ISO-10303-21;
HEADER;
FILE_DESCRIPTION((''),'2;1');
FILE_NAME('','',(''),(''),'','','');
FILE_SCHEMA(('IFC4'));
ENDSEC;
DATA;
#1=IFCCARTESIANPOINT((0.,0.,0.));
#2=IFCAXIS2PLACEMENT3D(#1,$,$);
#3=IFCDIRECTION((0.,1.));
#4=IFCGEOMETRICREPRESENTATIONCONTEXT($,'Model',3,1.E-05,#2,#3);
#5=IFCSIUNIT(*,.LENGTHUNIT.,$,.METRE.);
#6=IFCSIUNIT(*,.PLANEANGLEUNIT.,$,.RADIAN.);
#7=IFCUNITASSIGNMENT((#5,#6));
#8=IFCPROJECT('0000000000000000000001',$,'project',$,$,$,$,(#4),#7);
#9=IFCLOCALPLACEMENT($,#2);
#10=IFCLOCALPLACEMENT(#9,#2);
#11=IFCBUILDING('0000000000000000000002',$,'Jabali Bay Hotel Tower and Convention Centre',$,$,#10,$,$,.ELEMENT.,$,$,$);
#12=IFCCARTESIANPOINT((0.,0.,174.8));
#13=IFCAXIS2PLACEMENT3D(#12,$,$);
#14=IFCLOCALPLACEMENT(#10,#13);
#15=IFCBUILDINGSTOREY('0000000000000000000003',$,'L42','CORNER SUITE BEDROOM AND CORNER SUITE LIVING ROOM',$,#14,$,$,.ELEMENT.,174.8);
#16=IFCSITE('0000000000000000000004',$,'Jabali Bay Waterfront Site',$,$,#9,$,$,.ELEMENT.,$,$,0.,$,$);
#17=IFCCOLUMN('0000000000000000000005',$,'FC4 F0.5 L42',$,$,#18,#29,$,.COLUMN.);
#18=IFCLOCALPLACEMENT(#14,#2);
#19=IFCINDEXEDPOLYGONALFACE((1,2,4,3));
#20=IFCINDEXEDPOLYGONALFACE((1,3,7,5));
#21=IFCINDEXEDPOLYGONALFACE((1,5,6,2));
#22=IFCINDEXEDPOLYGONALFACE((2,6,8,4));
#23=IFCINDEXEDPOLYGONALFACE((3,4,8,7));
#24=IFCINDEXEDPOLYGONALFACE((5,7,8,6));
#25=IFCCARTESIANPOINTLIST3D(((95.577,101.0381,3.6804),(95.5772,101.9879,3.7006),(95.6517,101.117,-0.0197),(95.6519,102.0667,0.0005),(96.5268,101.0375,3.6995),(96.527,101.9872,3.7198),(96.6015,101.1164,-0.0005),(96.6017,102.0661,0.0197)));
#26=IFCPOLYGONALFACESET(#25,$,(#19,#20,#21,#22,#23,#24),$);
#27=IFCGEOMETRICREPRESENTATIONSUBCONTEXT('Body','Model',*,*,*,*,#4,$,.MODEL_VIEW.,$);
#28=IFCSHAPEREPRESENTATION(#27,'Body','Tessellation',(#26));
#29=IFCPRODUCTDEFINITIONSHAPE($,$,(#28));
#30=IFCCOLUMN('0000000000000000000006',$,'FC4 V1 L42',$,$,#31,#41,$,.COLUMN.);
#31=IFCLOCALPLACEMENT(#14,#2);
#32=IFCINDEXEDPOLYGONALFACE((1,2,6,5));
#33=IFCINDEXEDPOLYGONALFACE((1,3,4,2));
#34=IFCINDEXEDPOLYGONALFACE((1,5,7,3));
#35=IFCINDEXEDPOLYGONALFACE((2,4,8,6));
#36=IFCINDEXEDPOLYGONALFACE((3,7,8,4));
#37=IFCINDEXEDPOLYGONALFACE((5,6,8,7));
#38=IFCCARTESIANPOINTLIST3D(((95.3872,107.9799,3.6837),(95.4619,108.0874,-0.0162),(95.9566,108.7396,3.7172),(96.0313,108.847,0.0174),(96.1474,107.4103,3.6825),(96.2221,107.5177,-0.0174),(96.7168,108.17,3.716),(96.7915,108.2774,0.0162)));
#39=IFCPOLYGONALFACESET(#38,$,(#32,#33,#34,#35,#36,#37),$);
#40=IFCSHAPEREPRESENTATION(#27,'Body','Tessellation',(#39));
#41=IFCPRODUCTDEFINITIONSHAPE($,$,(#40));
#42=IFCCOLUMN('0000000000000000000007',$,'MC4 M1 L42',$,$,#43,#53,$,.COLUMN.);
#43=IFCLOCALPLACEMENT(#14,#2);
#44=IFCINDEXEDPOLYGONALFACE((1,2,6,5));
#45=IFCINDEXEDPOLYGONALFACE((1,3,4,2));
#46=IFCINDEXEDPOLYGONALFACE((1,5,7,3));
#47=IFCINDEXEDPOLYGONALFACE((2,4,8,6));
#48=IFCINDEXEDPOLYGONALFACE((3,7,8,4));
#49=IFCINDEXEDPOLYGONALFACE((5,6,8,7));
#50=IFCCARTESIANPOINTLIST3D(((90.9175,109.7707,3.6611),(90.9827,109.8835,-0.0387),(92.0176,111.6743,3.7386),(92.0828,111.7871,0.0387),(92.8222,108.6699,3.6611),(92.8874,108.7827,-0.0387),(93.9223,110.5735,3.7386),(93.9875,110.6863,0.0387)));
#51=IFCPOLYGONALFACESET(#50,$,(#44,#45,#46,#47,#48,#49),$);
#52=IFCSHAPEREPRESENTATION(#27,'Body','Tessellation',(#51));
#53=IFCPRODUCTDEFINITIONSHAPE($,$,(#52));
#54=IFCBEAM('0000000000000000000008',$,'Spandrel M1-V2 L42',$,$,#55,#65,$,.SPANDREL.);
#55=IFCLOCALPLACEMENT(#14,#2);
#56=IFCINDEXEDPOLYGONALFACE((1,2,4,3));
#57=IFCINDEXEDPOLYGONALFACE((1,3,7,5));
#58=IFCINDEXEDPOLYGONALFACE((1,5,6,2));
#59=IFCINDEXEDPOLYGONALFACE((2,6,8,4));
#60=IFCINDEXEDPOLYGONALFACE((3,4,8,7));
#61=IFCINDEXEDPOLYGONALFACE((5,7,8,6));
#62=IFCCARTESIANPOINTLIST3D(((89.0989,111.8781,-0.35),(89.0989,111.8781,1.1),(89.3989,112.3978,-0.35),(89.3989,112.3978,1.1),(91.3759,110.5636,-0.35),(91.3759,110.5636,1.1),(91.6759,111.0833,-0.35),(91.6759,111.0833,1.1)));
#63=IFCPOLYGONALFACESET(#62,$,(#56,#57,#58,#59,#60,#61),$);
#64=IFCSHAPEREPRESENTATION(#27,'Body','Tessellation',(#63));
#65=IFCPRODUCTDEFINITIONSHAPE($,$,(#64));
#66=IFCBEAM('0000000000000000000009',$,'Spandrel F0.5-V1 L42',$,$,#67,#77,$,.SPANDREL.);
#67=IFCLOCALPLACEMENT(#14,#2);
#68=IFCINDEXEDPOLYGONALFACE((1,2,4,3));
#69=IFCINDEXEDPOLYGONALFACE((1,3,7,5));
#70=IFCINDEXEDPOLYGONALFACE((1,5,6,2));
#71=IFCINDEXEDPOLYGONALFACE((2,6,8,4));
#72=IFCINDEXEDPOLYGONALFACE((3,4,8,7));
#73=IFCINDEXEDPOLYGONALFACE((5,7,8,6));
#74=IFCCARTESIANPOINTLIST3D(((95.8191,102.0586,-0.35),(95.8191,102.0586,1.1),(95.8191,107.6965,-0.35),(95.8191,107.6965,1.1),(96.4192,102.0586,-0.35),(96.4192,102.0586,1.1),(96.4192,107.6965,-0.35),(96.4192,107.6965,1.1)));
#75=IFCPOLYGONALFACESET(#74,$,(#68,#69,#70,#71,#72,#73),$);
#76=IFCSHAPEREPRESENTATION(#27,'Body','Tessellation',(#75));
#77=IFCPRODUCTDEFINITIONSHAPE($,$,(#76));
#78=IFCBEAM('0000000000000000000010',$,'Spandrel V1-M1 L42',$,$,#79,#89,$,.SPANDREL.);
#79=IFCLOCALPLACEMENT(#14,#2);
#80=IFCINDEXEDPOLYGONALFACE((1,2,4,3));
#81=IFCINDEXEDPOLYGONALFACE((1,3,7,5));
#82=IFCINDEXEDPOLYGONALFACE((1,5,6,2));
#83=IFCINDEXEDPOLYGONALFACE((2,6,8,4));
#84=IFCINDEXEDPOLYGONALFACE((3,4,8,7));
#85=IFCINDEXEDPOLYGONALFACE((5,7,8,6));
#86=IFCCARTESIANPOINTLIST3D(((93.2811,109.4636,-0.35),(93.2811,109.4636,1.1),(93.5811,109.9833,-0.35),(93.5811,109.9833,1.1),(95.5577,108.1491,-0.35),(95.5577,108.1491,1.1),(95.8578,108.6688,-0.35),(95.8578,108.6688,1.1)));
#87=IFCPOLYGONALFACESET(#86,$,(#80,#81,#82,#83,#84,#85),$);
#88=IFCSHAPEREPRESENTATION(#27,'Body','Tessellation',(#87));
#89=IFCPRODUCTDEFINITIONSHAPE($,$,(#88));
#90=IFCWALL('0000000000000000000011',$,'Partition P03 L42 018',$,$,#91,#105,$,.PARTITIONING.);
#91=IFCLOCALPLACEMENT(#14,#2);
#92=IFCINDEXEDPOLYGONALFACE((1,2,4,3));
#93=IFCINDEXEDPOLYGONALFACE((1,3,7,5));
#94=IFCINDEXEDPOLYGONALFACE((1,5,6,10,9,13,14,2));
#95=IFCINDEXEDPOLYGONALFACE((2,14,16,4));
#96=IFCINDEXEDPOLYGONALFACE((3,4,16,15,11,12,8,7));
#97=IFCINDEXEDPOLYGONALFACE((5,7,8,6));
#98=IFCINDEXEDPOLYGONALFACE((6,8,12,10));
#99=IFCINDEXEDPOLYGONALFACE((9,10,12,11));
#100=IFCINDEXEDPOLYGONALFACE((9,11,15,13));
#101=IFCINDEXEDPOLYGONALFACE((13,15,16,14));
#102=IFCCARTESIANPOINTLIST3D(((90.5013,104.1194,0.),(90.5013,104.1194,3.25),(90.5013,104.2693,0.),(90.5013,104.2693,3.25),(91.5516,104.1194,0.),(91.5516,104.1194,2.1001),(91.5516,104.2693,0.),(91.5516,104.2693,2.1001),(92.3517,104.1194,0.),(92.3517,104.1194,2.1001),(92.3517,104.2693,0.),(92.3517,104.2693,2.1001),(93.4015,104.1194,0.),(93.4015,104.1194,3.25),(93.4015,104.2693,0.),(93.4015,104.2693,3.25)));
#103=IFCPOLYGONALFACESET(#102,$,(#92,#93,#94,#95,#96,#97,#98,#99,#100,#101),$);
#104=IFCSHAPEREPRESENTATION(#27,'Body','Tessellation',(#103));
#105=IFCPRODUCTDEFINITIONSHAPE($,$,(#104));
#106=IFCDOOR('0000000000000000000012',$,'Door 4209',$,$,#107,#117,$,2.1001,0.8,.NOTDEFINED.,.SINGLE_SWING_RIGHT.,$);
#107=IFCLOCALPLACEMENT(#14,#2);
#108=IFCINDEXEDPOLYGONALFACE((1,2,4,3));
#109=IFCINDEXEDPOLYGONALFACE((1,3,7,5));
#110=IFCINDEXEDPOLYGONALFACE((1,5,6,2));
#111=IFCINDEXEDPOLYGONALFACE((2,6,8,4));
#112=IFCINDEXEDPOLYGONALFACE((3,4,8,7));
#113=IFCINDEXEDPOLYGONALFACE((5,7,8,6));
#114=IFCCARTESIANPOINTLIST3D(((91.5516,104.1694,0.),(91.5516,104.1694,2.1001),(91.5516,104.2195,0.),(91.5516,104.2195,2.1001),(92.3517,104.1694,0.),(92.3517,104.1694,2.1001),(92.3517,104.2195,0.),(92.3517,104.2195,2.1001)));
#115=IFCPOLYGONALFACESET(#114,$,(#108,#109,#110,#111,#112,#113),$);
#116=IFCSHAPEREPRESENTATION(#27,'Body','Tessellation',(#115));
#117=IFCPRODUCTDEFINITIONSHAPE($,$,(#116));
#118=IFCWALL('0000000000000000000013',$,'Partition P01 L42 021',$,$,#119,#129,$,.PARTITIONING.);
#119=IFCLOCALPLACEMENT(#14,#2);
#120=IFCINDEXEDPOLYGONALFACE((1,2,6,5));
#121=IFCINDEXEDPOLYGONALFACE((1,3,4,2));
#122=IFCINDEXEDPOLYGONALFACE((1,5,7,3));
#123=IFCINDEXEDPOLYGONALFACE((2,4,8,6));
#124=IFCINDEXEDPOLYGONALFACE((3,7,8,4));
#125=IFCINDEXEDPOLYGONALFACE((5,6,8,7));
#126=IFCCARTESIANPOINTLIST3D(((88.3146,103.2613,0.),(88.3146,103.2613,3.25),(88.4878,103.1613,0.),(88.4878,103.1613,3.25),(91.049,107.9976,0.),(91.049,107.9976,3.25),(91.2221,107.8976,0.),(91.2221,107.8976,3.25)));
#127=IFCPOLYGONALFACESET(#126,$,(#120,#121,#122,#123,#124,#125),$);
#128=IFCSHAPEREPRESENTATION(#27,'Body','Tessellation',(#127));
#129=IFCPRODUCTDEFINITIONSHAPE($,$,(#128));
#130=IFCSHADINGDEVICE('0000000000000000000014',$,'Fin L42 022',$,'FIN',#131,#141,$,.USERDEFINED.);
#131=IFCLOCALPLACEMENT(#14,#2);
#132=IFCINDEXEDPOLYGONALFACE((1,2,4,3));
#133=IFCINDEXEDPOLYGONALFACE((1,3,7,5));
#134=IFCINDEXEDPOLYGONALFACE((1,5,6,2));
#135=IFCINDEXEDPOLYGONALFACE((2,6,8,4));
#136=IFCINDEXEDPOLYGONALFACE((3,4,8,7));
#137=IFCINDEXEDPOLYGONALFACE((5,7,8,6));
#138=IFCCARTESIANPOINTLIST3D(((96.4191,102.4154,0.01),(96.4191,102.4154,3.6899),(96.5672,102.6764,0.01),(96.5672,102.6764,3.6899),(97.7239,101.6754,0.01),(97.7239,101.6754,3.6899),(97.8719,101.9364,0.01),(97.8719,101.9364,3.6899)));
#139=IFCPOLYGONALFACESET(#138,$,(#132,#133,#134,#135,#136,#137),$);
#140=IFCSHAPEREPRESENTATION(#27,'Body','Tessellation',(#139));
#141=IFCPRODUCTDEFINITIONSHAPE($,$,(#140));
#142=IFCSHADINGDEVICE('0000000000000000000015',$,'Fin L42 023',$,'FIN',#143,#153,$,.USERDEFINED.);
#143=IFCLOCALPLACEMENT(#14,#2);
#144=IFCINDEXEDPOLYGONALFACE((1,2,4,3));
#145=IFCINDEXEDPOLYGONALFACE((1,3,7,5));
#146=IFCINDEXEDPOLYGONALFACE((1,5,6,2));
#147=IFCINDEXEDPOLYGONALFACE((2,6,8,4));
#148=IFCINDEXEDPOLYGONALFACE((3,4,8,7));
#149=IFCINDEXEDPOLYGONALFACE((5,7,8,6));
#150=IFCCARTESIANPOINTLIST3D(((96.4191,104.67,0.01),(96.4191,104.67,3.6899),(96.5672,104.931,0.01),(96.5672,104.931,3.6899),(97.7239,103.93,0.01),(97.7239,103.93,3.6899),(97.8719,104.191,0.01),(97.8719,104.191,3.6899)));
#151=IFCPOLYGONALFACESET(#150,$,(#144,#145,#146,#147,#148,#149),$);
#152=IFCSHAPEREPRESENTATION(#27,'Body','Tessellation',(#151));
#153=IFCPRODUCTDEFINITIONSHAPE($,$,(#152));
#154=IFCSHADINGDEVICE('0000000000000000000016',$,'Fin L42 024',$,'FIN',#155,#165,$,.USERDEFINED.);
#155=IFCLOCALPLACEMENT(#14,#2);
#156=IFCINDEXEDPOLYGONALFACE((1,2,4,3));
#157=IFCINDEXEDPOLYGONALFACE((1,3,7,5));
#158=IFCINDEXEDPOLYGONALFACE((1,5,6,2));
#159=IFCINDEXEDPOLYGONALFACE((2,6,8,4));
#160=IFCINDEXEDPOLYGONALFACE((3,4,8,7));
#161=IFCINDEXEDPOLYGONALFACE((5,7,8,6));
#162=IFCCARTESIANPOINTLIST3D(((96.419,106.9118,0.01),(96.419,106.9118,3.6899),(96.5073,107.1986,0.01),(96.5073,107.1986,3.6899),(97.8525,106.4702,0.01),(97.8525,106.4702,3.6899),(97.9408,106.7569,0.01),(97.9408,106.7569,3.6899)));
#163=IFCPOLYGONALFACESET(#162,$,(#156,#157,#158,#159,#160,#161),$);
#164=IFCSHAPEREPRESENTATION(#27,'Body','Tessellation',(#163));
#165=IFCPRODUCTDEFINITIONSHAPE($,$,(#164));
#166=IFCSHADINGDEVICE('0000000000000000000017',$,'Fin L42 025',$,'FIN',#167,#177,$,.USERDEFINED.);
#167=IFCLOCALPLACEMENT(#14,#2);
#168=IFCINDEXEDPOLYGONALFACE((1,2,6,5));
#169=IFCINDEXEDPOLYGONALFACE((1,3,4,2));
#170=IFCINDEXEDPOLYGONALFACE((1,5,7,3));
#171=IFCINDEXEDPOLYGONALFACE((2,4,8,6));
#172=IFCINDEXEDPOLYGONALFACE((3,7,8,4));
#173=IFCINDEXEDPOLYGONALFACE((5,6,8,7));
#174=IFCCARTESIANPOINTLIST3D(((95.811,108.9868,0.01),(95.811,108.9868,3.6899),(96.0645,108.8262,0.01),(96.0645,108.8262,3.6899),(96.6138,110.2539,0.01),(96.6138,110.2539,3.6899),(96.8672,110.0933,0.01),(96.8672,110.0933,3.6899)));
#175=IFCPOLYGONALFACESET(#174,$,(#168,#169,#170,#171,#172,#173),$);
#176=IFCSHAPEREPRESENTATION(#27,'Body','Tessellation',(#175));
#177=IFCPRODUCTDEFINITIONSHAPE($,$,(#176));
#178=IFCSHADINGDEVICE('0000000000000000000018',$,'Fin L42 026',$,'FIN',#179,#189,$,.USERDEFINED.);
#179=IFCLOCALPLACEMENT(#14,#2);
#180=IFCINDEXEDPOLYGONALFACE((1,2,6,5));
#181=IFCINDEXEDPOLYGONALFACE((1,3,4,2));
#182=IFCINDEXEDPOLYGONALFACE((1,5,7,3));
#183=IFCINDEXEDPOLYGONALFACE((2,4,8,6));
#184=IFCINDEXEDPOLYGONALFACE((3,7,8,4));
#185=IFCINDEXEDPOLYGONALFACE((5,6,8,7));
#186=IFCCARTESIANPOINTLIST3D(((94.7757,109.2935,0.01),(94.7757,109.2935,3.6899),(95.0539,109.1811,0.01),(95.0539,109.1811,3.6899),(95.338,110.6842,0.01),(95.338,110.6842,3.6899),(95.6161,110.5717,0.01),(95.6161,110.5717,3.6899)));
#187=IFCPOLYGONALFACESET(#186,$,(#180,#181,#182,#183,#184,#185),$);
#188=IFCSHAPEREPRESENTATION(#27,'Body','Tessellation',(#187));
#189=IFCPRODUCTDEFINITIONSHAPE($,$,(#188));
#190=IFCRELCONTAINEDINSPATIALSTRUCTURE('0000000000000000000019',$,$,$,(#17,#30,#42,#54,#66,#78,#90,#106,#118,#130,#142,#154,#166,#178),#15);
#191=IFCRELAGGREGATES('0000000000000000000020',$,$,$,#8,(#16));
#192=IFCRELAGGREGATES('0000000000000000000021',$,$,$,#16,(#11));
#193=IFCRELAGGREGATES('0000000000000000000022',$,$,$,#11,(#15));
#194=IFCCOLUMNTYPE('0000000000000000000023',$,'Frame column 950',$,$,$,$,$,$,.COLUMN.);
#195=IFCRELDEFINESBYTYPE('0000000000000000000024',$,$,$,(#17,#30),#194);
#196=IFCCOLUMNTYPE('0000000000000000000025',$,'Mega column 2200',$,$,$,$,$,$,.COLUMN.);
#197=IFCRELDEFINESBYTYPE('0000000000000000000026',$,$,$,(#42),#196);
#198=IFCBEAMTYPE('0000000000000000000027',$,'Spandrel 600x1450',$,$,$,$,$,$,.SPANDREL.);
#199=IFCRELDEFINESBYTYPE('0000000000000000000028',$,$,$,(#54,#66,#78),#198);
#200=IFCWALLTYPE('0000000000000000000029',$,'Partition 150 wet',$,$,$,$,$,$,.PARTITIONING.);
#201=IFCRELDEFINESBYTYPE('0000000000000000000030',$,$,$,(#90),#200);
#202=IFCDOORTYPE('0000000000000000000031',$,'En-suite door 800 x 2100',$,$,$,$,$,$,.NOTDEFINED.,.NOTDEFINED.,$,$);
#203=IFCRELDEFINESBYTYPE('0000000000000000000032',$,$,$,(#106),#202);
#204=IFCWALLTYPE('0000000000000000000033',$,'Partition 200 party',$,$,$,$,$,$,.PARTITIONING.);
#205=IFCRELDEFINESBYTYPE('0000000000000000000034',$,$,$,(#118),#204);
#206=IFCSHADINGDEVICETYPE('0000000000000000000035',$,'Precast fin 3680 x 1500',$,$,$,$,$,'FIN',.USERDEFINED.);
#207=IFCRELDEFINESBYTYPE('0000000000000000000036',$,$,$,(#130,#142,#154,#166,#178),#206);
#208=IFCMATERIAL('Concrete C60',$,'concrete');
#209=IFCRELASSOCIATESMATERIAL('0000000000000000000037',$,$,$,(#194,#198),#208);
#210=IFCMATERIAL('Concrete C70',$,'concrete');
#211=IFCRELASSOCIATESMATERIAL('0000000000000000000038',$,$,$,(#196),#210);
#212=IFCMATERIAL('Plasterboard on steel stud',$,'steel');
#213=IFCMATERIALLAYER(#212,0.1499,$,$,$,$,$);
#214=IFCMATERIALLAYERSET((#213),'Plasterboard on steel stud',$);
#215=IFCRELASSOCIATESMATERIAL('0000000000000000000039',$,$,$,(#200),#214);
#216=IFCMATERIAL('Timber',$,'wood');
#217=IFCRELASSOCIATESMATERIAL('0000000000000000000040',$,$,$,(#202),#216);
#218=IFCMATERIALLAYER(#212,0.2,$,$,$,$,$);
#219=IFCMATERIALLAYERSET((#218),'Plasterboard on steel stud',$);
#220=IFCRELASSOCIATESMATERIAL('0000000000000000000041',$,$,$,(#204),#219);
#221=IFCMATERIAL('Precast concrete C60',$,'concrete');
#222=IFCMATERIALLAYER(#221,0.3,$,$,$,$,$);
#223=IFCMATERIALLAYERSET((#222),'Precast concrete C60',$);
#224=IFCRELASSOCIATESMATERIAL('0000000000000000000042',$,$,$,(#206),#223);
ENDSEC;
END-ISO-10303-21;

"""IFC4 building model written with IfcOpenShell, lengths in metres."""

from ifc_helpers import new_model, si_unit, direction, frame, frame_2d, origin, origin_2d, place, context, subcontext, project, spatial, rectangle, extrude, material, layer, layer_set, material_profile, profile_set, type_object, element, fill, save


model = new_model("IFC4")

# Units and contexts
model_context = context("Model", 3, precision=1e-05, world=origin(), true_north=direction((0.0, 1.0)))
body_context = subcontext(model_context, "Body", "Model", "MODEL_VIEW")
ifc_project = project(units=[si_unit("LENGTHUNIT", "METRE"), si_unit("PLANEANGLEUNIT", "RADIAN")], contexts=[model_context])

# Site, building, storey
site_placement = place(None, origin())
site = spatial("IfcSite", under=ifc_project, at=site_placement, Name="Jabali Bay Waterfront Site", CompositionType="ELEMENT", RefElevation=0.0)
building_placement = place(site_placement, origin())
building = spatial("IfcBuilding", under=site, at=building_placement, Name="Jabali Bay Hotel Tower and Convention Centre", CompositionType="ELEMENT")
storey_placement = place(building_placement, frame((0.0, 0.0, 174.8)))
storey = spatial("IfcBuildingStorey", under=building, at=storey_placement, Name="L42", Description="CORNER SUITE BEDROOM AND CORNER SUITE LIVING ROOM", CompositionType="ELEMENT", Elevation=174.8)

# Columns
ifc_material_1 = material(Name="Concrete C60", Category="concrete")
ifc_material_profile_1 = material_profile(ifc_material_1, rectangle(XDim=0.95, YDim=0.95, at=origin_2d()), Name="Frame column 950")
ifc_profile_set_1 = profile_set([ifc_material_profile_1], Name="Concrete C60")
column_type_1 = type_object("IfcColumnType", Name="Frame column 950", PredefinedType="COLUMN", material=ifc_profile_set_1)
column_1_placement = place(storey_placement, frame((96.1267, 101.5916, 0.0), z_axis=(-0.020183, -0.021304, 0.999569), x_axis=(0.999796, -0.000658, 0.020173)))
element("IfcColumn", 1, at=column_1_placement, inside=storey, type_object=column_type_1, Name="FC4 F0.5 L42", PredefinedType="COLUMN", context=body_context, shape_type="SweptSolid", body=[
    extrude(rectangle(XDim=0.95, YDim=0.95, at=origin_2d()), origin(), (0.0, 0.0, 1.0), 3.7017),
])
column_2_placement = place(storey_placement, frame((96.1267, 108.1824, 0.0), z_axis=(-0.020179, -0.029015, 0.999375), x_axis=(0.599332, 0.799721, 0.03532)))
element("IfcColumn", 2, at=column_2_placement, inside=storey, type_object=column_type_1, Name="FC4 V1 L42", PredefinedType="COLUMN", context=body_context, shape_type="SweptSolid", body=[
    extrude(rectangle(XDim=0.95, YDim=0.95, at=origin_2d()), origin(), (0.0, 0.0, 1.0), 3.7021),
])
ifc_material_2 = material(Name="Concrete C70", Category="concrete")
ifc_material_profile_2 = material_profile(ifc_material_2, rectangle(XDim=2.2, YDim=2.2, at=origin_2d()), Name="Mega column 2200")
ifc_profile_set_2 = profile_set([ifc_material_profile_2], Name="Concrete C70")
column_type_2 = type_object("IfcColumnType", Name="Mega column 2200", PredefinedType="COLUMN", material=ifc_profile_set_2)
column_3_placement = place(storey_placement, frame((92.4851, 110.2849, 0.0), z_axis=(-0.017607, -0.030466, 0.999381), x_axis=(0.865811, -0.500371, 0.0)))
element("IfcColumn", 3, at=column_3_placement, inside=storey, type_object=column_type_2, Name="MC4 M1 L42", PredefinedType="COLUMN", context=body_context, shape_type="SweptSolid", body=[
    extrude(rectangle(XDim=2.2, YDim=2.2, at=origin_2d()), origin(), (0.0, 0.0, 1.0), 3.7021),
])

# Beams
ifc_material_profile_3 = material_profile(ifc_material_1, rectangle(XDim=0.6001, YDim=1.45, at=origin_2d()), Name="Spandrel 600x1450")
ifc_profile_set_3 = profile_set([ifc_material_profile_3], Name="Concrete C60")
beam_type = type_object("IfcBeamType", Name="Spandrel 600x1450", PredefinedType="SPANDREL", material=ifc_profile_set_3)
beam_1_placement = place(storey_placement, frame((91.5259, 110.8235, 0.375), z_axis=(-0.86604, 0.499974, 0.0), x_axis=(-0.499974, -0.86604, 0.0)))
element("IfcBeam", 4, at=beam_1_placement, inside=storey, type_object=beam_type, Name="Spandrel M1-V2 L42", PredefinedType="SPANDREL", context=body_context, shape_type="SweptSolid", body=[
    extrude(rectangle(XDim=0.6001, YDim=1.45, at=origin_2d()), origin(), (0.0, 0.0, 1.0), 2.6292),
])
beam_2_placement = place(storey_placement, frame((96.1191, 102.0586, 0.375), z_axis=(0.0, 1.0, 0.0), x_axis=(-1.0, 0.0, 0.0)))
element("IfcBeam", 5, at=beam_2_placement, inside=storey, type_object=beam_type, Name="Spandrel F0.5-V1 L42", PredefinedType="SPANDREL", context=body_context, shape_type="SweptSolid", body=[
    extrude(rectangle(XDim=0.6001, YDim=1.45, at=origin_2d()), origin(), (0.0, 0.0, 1.0), 5.6379),
])
beam_3_placement = place(storey_placement, frame((95.7078, 108.4089, 0.375), z_axis=(-0.866017, 0.500015, 0.0), x_axis=(-0.500015, -0.866017, 0.0)))
element("IfcBeam", 6, at=beam_3_placement, inside=storey, type_object=beam_type, Name="Spandrel V1-M1 L42", PredefinedType="SPANDREL", context=body_context, shape_type="SweptSolid", body=[
    extrude(rectangle(XDim=0.6001, YDim=1.45, at=origin_2d()), origin(), (0.0, 0.0, 1.0), 2.6289),
])

# Wall, opening, door
ifc_material_3 = material(Name="Plasterboard on steel stud", Category="steel")
ifc_layer_1 = layer(ifc_material_3, 0.1499)
ifc_layer_set_1 = layer_set([ifc_layer_1], Name="Plasterboard on steel stud")
wall_type_1 = type_object("IfcWallType", Name="Partition 150 wet", PredefinedType="PARTITIONING", material=ifc_layer_set_1)
wall_1_placement = place(storey_placement, frame((93.4016, 104.1943, 0.0), z_axis=(0.0, 0.0, 1.0), x_axis=(-1.0, 0.0, 0.0)))
wall_1 = element("IfcWall", 7, at=wall_1_placement, inside=storey, type_object=wall_type_1, Name="Partition P03 L42 018", PredefinedType="PARTITIONING", context=body_context, shape_type="SweptSolid", body=[
    extrude(rectangle(XDim=2.9001, YDim=0.1499, at=frame_2d((1.4502, 0.0))), origin(), (0.0, 0.0, 1.0), 3.25),
])
opening_1_placement = place(wall_1_placement, frame((1.05, 0.0, 0.0)))
opening_1 = element("IfcOpeningElement", 8, at=opening_1_placement, cuts=wall_1, PredefinedType="OPENING", context=body_context, shape_type="SweptSolid", body=[
    extrude(rectangle(XDim=0.8, YDim=2.1001, at=frame_2d((0.3999, 1.05))), frame((0.0, 0.0854, 0.0), z_axis=(0.0, -1.0, 0.0), x_axis=(1.0, 0.0, 0.0)), (0.0, 0.0, 1.0), 0.1709),
])
ifc_material_4 = material(Name="Timber", Category="wood")
door_type_1 = type_object("IfcDoorType", Name="En-suite door 800 x 2100", OperationType="NOTDEFINED", PredefinedType="NOTDEFINED", material=ifc_material_4)
door_1_placement = place(opening_1_placement, origin())
door_1 = element("IfcDoor", 9, at=door_1_placement, inside=storey, type_object=door_type_1, Name="Door 4209", OperationType="SINGLE_SWING_RIGHT", OverallHeight=2.1001, OverallWidth=0.8, PredefinedType="NOTDEFINED", context=body_context, shape_type="SweptSolid", body=[
    extrude(rectangle(XDim=0.8, YDim=2.1001, at=frame_2d((0.3999, 1.05))), frame((0.0, 0.0249, 0.0), z_axis=(0.0, -1.0, 0.0), x_axis=(1.0, 0.0, 0.0)), (0.0, 0.0, 1.0), 0.05),
])
fill(opening_1, door_1)

# Wall
ifc_layer_2 = layer(ifc_material_3, 0.2)
ifc_layer_set_2 = layer_set([ifc_layer_2], Name="Plasterboard on steel stud")
wall_type_2 = type_object("IfcWallType", Name="Partition 200 party", PredefinedType="PARTITIONING", material=ifc_layer_set_2)
wall_2_placement = place(storey_placement, frame((91.1355, 107.9475, 0.0), z_axis=(0.0, 0.0, 1.0), x_axis=(-0.49998, -0.866037, 0.0)))
element("IfcWall", 10, at=wall_2_placement, inside=storey, type_object=wall_type_2, Name="Partition P01 L42 021", PredefinedType="PARTITIONING", context=body_context, shape_type="SweptSolid", body=[
    extrude(rectangle(XDim=5.469, YDim=0.2, at=frame_2d((2.7344, 0.0))), origin(), (0.0, 0.0, 1.0), 3.25),
])

# Shading devices
ifc_material_5 = material(Name="Precast concrete C60", Category="concrete")
ifc_layer_3 = layer(ifc_material_5, 0.3)
ifc_layer_set_3 = layer_set([ifc_layer_3], Name="Precast concrete C60")
shading_device_type = type_object("IfcShadingDeviceType", Name="Precast fin 3680 x 1500", ElementType="FIN", PredefinedType="USERDEFINED", material=ifc_layer_set_3)
for number, where, z_axis, x_axis, name in (
    (11, (96.4932, 102.5459, 0.01), (0.0, 0.0, 1.0), (0.869831, -0.493349, 0.0), "Fin L42 022"),
    (12, (96.4932, 104.8005, 0.01), (0.0, 0.0, 1.0), (0.869831, -0.493349, 0.0), "Fin L42 023"),
    (13, (96.4631, 107.0552, 0.01), (0.0, 0.0, 1.0), (0.955677, -0.294417, 0.0), "Fin L42 024"),
    (14, (95.9377, 108.9065, 0.01), (0.0, 0.0, 1.0), (0.535168, 0.844745, 0.0), "Fin L42 025"),
    (15, (94.9148, 109.2373, 0.01), (0.0, 0.0, 1.0), (0.37484, 0.92709, 0.0), "Fin L42 026"),
):
    element("IfcShadingDevice", number, at=place(storey_placement, frame(where, z_axis=z_axis, x_axis=x_axis)), inside=storey, type_object=shading_device_type, Name=name, ObjectType="FIN", PredefinedType="USERDEFINED", context=body_context, shape_type="SweptSolid", body=[
        extrude(rectangle(XDim=1.5, YDim=0.3, at=frame_2d((0.75, 0.0))), origin(), (0.0, 0.0, 1.0), 3.6799),
    ])

save(model, "model.ifc")
